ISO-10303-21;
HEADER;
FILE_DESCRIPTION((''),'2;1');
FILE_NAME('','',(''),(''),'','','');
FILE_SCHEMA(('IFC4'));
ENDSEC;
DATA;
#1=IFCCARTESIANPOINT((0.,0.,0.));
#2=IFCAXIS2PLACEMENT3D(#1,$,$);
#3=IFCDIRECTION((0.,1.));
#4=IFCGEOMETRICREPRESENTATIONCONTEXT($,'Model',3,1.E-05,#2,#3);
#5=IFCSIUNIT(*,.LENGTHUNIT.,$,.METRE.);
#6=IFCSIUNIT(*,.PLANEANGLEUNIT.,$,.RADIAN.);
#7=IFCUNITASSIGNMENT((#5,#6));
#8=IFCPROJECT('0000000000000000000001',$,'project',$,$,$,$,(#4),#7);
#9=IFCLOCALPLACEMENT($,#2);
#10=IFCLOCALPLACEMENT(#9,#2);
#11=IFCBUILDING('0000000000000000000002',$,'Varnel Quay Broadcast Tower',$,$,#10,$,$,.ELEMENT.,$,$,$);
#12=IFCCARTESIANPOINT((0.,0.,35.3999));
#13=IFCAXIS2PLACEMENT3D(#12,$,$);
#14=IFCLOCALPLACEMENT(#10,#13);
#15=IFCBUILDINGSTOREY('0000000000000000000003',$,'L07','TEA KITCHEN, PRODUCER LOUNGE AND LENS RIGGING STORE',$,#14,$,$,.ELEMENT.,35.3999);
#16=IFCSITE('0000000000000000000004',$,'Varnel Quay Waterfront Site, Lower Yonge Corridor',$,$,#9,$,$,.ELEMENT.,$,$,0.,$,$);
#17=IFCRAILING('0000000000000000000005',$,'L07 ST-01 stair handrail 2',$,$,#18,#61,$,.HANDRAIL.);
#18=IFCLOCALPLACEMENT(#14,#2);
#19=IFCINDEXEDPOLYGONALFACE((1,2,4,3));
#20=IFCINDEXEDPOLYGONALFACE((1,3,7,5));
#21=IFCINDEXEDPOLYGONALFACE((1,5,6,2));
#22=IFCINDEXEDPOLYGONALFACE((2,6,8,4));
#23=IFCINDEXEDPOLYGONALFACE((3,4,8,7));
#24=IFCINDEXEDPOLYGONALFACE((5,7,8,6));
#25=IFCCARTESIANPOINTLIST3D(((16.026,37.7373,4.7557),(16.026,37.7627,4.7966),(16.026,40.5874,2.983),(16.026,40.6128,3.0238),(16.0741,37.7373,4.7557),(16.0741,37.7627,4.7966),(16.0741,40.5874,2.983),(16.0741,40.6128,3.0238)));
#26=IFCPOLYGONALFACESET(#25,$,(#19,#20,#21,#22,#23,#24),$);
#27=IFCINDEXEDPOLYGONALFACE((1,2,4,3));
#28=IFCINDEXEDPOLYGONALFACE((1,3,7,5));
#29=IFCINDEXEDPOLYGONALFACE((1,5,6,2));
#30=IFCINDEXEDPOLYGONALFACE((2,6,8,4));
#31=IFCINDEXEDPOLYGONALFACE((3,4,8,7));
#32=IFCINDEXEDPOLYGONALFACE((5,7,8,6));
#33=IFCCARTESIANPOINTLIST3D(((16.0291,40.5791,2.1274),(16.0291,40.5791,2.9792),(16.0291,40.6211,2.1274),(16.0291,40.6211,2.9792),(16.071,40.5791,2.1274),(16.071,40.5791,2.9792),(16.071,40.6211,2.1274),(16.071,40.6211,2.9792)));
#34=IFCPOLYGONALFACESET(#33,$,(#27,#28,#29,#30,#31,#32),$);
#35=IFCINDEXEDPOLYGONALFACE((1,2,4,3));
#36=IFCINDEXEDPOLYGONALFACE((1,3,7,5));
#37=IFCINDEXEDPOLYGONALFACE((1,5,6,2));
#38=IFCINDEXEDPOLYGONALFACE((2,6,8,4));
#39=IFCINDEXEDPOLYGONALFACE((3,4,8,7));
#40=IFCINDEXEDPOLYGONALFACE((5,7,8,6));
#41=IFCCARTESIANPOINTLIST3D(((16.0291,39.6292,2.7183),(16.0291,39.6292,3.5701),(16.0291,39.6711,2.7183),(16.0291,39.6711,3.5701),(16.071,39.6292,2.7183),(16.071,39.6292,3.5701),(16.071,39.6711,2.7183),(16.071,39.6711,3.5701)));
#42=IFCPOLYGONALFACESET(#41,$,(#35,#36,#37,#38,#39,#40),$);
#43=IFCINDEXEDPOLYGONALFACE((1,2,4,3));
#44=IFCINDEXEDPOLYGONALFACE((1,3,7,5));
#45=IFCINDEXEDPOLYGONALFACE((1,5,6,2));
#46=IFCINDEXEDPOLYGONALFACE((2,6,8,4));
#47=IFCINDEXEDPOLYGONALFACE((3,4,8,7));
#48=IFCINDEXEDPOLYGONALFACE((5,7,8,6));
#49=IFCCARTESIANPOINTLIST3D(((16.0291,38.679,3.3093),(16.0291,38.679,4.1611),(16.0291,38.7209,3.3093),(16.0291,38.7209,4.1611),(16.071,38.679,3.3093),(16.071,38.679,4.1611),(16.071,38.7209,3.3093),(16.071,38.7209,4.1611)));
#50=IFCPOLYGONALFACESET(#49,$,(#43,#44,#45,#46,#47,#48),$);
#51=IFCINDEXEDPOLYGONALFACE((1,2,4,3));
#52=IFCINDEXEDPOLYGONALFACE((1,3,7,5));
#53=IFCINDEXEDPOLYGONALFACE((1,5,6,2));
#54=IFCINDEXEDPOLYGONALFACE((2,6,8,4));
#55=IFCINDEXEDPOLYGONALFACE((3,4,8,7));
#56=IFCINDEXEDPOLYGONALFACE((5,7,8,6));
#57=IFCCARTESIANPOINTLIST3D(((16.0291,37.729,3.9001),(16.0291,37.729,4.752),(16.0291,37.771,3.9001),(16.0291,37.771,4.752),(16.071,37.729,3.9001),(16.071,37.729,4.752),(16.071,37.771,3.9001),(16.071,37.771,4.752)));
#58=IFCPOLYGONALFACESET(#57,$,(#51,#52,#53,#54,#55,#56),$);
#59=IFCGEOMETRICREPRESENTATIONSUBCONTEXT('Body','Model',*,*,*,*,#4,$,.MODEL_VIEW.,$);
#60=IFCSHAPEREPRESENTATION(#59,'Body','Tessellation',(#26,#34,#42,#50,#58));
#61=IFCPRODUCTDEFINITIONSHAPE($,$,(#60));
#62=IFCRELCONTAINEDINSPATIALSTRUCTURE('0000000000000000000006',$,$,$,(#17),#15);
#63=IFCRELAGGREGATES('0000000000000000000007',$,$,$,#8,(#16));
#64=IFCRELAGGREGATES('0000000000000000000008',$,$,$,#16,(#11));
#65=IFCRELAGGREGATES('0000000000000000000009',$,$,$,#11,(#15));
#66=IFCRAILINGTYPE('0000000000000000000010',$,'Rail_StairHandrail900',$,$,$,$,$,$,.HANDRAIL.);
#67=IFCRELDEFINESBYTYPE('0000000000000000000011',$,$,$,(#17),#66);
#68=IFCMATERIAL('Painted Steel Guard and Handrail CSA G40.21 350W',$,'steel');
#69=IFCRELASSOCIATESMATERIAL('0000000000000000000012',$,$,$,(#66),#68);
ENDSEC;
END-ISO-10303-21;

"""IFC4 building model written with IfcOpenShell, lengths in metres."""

from ifc_helpers import new_model, si_unit, direction, frame, origin, origin_2d, place, context, subcontext, project, spatial, rectangle, extrude, material, type_object, element, save


model = new_model("IFC4")

# Units and contexts
model_context = context("Model", 3, precision=1e-05, world=origin(), true_north=direction((0.0, 1.0)))
body_context = subcontext(model_context, "Body", "Model", "MODEL_VIEW")
ifc_project = project(units=[si_unit("LENGTHUNIT", "METRE"), si_unit("PLANEANGLEUNIT", "RADIAN")], contexts=[model_context])

# Site, building, storey
site_placement = place(None, origin())
site = spatial("IfcSite", under=ifc_project, at=site_placement, Name="Varnel Quay Waterfront Site, Lower Yonge Corridor", CompositionType="ELEMENT", RefElevation=0.0)
building_placement = place(site_placement, origin())
building = spatial("IfcBuilding", under=site, at=building_placement, Name="Varnel Quay Broadcast Tower", CompositionType="ELEMENT")
storey_placement = place(building_placement, frame((0.0, 0.0, 35.3999)))
storey = spatial("IfcBuildingStorey", under=building, at=storey_placement, Name="L07", Description="TEA KITCHEN, PRODUCER LOUNGE AND LENS RIGGING STORE", CompositionType="ELEMENT", Elevation=35.3999)

# Railing
ifc_material_1 = material(Name="Painted Steel Guard and Handrail CSA G40.21 350W", Category="steel")
railing_type = type_object("IfcRailingType", Name="Rail_StairHandrail900", PredefinedType="HANDRAIL", material=ifc_material_1)
railing_placement = place(storey_placement, frame((16.05, 40.6001, 2.1274)))
element("IfcRailing", 1, at=railing_placement, inside=storey, type_object=railing_type, Name="L07 ST-01 stair handrail 2", PredefinedType="HANDRAIL", context=body_context, shape_type="SweptSolid", body=[
    extrude(rectangle(XDim=0.0481, YDim=0.0481, at=origin_2d()), frame((0.0, 0.0, 0.876), z_axis=(0.0, -0.849149, 0.528154), x_axis=(1.0, 0.0, 0.0)), (0.0, 0.0, 1.0), 3.3564),
    extrude(rectangle(XDim=0.042, YDim=0.042, at=origin_2d()), origin(), (0.0, 0.0, 1.0), 0.8518),
    extrude(rectangle(XDim=0.042, YDim=0.042, at=origin_2d()), frame((0.0, -0.95, 0.5908)), (0.0, 0.0, 1.0), 0.8518),
    extrude(rectangle(XDim=0.042, YDim=0.042, at=origin_2d()), frame((0.0, -1.9001, 1.1819)), (0.0, 0.0, 1.0), 0.8518),
    extrude(rectangle(XDim=0.042, YDim=0.042, at=origin_2d()), frame((0.0, -2.8501, 1.7727)), (0.0, 0.0, 1.0), 0.8518),
])

save(model, "model.ifc")
